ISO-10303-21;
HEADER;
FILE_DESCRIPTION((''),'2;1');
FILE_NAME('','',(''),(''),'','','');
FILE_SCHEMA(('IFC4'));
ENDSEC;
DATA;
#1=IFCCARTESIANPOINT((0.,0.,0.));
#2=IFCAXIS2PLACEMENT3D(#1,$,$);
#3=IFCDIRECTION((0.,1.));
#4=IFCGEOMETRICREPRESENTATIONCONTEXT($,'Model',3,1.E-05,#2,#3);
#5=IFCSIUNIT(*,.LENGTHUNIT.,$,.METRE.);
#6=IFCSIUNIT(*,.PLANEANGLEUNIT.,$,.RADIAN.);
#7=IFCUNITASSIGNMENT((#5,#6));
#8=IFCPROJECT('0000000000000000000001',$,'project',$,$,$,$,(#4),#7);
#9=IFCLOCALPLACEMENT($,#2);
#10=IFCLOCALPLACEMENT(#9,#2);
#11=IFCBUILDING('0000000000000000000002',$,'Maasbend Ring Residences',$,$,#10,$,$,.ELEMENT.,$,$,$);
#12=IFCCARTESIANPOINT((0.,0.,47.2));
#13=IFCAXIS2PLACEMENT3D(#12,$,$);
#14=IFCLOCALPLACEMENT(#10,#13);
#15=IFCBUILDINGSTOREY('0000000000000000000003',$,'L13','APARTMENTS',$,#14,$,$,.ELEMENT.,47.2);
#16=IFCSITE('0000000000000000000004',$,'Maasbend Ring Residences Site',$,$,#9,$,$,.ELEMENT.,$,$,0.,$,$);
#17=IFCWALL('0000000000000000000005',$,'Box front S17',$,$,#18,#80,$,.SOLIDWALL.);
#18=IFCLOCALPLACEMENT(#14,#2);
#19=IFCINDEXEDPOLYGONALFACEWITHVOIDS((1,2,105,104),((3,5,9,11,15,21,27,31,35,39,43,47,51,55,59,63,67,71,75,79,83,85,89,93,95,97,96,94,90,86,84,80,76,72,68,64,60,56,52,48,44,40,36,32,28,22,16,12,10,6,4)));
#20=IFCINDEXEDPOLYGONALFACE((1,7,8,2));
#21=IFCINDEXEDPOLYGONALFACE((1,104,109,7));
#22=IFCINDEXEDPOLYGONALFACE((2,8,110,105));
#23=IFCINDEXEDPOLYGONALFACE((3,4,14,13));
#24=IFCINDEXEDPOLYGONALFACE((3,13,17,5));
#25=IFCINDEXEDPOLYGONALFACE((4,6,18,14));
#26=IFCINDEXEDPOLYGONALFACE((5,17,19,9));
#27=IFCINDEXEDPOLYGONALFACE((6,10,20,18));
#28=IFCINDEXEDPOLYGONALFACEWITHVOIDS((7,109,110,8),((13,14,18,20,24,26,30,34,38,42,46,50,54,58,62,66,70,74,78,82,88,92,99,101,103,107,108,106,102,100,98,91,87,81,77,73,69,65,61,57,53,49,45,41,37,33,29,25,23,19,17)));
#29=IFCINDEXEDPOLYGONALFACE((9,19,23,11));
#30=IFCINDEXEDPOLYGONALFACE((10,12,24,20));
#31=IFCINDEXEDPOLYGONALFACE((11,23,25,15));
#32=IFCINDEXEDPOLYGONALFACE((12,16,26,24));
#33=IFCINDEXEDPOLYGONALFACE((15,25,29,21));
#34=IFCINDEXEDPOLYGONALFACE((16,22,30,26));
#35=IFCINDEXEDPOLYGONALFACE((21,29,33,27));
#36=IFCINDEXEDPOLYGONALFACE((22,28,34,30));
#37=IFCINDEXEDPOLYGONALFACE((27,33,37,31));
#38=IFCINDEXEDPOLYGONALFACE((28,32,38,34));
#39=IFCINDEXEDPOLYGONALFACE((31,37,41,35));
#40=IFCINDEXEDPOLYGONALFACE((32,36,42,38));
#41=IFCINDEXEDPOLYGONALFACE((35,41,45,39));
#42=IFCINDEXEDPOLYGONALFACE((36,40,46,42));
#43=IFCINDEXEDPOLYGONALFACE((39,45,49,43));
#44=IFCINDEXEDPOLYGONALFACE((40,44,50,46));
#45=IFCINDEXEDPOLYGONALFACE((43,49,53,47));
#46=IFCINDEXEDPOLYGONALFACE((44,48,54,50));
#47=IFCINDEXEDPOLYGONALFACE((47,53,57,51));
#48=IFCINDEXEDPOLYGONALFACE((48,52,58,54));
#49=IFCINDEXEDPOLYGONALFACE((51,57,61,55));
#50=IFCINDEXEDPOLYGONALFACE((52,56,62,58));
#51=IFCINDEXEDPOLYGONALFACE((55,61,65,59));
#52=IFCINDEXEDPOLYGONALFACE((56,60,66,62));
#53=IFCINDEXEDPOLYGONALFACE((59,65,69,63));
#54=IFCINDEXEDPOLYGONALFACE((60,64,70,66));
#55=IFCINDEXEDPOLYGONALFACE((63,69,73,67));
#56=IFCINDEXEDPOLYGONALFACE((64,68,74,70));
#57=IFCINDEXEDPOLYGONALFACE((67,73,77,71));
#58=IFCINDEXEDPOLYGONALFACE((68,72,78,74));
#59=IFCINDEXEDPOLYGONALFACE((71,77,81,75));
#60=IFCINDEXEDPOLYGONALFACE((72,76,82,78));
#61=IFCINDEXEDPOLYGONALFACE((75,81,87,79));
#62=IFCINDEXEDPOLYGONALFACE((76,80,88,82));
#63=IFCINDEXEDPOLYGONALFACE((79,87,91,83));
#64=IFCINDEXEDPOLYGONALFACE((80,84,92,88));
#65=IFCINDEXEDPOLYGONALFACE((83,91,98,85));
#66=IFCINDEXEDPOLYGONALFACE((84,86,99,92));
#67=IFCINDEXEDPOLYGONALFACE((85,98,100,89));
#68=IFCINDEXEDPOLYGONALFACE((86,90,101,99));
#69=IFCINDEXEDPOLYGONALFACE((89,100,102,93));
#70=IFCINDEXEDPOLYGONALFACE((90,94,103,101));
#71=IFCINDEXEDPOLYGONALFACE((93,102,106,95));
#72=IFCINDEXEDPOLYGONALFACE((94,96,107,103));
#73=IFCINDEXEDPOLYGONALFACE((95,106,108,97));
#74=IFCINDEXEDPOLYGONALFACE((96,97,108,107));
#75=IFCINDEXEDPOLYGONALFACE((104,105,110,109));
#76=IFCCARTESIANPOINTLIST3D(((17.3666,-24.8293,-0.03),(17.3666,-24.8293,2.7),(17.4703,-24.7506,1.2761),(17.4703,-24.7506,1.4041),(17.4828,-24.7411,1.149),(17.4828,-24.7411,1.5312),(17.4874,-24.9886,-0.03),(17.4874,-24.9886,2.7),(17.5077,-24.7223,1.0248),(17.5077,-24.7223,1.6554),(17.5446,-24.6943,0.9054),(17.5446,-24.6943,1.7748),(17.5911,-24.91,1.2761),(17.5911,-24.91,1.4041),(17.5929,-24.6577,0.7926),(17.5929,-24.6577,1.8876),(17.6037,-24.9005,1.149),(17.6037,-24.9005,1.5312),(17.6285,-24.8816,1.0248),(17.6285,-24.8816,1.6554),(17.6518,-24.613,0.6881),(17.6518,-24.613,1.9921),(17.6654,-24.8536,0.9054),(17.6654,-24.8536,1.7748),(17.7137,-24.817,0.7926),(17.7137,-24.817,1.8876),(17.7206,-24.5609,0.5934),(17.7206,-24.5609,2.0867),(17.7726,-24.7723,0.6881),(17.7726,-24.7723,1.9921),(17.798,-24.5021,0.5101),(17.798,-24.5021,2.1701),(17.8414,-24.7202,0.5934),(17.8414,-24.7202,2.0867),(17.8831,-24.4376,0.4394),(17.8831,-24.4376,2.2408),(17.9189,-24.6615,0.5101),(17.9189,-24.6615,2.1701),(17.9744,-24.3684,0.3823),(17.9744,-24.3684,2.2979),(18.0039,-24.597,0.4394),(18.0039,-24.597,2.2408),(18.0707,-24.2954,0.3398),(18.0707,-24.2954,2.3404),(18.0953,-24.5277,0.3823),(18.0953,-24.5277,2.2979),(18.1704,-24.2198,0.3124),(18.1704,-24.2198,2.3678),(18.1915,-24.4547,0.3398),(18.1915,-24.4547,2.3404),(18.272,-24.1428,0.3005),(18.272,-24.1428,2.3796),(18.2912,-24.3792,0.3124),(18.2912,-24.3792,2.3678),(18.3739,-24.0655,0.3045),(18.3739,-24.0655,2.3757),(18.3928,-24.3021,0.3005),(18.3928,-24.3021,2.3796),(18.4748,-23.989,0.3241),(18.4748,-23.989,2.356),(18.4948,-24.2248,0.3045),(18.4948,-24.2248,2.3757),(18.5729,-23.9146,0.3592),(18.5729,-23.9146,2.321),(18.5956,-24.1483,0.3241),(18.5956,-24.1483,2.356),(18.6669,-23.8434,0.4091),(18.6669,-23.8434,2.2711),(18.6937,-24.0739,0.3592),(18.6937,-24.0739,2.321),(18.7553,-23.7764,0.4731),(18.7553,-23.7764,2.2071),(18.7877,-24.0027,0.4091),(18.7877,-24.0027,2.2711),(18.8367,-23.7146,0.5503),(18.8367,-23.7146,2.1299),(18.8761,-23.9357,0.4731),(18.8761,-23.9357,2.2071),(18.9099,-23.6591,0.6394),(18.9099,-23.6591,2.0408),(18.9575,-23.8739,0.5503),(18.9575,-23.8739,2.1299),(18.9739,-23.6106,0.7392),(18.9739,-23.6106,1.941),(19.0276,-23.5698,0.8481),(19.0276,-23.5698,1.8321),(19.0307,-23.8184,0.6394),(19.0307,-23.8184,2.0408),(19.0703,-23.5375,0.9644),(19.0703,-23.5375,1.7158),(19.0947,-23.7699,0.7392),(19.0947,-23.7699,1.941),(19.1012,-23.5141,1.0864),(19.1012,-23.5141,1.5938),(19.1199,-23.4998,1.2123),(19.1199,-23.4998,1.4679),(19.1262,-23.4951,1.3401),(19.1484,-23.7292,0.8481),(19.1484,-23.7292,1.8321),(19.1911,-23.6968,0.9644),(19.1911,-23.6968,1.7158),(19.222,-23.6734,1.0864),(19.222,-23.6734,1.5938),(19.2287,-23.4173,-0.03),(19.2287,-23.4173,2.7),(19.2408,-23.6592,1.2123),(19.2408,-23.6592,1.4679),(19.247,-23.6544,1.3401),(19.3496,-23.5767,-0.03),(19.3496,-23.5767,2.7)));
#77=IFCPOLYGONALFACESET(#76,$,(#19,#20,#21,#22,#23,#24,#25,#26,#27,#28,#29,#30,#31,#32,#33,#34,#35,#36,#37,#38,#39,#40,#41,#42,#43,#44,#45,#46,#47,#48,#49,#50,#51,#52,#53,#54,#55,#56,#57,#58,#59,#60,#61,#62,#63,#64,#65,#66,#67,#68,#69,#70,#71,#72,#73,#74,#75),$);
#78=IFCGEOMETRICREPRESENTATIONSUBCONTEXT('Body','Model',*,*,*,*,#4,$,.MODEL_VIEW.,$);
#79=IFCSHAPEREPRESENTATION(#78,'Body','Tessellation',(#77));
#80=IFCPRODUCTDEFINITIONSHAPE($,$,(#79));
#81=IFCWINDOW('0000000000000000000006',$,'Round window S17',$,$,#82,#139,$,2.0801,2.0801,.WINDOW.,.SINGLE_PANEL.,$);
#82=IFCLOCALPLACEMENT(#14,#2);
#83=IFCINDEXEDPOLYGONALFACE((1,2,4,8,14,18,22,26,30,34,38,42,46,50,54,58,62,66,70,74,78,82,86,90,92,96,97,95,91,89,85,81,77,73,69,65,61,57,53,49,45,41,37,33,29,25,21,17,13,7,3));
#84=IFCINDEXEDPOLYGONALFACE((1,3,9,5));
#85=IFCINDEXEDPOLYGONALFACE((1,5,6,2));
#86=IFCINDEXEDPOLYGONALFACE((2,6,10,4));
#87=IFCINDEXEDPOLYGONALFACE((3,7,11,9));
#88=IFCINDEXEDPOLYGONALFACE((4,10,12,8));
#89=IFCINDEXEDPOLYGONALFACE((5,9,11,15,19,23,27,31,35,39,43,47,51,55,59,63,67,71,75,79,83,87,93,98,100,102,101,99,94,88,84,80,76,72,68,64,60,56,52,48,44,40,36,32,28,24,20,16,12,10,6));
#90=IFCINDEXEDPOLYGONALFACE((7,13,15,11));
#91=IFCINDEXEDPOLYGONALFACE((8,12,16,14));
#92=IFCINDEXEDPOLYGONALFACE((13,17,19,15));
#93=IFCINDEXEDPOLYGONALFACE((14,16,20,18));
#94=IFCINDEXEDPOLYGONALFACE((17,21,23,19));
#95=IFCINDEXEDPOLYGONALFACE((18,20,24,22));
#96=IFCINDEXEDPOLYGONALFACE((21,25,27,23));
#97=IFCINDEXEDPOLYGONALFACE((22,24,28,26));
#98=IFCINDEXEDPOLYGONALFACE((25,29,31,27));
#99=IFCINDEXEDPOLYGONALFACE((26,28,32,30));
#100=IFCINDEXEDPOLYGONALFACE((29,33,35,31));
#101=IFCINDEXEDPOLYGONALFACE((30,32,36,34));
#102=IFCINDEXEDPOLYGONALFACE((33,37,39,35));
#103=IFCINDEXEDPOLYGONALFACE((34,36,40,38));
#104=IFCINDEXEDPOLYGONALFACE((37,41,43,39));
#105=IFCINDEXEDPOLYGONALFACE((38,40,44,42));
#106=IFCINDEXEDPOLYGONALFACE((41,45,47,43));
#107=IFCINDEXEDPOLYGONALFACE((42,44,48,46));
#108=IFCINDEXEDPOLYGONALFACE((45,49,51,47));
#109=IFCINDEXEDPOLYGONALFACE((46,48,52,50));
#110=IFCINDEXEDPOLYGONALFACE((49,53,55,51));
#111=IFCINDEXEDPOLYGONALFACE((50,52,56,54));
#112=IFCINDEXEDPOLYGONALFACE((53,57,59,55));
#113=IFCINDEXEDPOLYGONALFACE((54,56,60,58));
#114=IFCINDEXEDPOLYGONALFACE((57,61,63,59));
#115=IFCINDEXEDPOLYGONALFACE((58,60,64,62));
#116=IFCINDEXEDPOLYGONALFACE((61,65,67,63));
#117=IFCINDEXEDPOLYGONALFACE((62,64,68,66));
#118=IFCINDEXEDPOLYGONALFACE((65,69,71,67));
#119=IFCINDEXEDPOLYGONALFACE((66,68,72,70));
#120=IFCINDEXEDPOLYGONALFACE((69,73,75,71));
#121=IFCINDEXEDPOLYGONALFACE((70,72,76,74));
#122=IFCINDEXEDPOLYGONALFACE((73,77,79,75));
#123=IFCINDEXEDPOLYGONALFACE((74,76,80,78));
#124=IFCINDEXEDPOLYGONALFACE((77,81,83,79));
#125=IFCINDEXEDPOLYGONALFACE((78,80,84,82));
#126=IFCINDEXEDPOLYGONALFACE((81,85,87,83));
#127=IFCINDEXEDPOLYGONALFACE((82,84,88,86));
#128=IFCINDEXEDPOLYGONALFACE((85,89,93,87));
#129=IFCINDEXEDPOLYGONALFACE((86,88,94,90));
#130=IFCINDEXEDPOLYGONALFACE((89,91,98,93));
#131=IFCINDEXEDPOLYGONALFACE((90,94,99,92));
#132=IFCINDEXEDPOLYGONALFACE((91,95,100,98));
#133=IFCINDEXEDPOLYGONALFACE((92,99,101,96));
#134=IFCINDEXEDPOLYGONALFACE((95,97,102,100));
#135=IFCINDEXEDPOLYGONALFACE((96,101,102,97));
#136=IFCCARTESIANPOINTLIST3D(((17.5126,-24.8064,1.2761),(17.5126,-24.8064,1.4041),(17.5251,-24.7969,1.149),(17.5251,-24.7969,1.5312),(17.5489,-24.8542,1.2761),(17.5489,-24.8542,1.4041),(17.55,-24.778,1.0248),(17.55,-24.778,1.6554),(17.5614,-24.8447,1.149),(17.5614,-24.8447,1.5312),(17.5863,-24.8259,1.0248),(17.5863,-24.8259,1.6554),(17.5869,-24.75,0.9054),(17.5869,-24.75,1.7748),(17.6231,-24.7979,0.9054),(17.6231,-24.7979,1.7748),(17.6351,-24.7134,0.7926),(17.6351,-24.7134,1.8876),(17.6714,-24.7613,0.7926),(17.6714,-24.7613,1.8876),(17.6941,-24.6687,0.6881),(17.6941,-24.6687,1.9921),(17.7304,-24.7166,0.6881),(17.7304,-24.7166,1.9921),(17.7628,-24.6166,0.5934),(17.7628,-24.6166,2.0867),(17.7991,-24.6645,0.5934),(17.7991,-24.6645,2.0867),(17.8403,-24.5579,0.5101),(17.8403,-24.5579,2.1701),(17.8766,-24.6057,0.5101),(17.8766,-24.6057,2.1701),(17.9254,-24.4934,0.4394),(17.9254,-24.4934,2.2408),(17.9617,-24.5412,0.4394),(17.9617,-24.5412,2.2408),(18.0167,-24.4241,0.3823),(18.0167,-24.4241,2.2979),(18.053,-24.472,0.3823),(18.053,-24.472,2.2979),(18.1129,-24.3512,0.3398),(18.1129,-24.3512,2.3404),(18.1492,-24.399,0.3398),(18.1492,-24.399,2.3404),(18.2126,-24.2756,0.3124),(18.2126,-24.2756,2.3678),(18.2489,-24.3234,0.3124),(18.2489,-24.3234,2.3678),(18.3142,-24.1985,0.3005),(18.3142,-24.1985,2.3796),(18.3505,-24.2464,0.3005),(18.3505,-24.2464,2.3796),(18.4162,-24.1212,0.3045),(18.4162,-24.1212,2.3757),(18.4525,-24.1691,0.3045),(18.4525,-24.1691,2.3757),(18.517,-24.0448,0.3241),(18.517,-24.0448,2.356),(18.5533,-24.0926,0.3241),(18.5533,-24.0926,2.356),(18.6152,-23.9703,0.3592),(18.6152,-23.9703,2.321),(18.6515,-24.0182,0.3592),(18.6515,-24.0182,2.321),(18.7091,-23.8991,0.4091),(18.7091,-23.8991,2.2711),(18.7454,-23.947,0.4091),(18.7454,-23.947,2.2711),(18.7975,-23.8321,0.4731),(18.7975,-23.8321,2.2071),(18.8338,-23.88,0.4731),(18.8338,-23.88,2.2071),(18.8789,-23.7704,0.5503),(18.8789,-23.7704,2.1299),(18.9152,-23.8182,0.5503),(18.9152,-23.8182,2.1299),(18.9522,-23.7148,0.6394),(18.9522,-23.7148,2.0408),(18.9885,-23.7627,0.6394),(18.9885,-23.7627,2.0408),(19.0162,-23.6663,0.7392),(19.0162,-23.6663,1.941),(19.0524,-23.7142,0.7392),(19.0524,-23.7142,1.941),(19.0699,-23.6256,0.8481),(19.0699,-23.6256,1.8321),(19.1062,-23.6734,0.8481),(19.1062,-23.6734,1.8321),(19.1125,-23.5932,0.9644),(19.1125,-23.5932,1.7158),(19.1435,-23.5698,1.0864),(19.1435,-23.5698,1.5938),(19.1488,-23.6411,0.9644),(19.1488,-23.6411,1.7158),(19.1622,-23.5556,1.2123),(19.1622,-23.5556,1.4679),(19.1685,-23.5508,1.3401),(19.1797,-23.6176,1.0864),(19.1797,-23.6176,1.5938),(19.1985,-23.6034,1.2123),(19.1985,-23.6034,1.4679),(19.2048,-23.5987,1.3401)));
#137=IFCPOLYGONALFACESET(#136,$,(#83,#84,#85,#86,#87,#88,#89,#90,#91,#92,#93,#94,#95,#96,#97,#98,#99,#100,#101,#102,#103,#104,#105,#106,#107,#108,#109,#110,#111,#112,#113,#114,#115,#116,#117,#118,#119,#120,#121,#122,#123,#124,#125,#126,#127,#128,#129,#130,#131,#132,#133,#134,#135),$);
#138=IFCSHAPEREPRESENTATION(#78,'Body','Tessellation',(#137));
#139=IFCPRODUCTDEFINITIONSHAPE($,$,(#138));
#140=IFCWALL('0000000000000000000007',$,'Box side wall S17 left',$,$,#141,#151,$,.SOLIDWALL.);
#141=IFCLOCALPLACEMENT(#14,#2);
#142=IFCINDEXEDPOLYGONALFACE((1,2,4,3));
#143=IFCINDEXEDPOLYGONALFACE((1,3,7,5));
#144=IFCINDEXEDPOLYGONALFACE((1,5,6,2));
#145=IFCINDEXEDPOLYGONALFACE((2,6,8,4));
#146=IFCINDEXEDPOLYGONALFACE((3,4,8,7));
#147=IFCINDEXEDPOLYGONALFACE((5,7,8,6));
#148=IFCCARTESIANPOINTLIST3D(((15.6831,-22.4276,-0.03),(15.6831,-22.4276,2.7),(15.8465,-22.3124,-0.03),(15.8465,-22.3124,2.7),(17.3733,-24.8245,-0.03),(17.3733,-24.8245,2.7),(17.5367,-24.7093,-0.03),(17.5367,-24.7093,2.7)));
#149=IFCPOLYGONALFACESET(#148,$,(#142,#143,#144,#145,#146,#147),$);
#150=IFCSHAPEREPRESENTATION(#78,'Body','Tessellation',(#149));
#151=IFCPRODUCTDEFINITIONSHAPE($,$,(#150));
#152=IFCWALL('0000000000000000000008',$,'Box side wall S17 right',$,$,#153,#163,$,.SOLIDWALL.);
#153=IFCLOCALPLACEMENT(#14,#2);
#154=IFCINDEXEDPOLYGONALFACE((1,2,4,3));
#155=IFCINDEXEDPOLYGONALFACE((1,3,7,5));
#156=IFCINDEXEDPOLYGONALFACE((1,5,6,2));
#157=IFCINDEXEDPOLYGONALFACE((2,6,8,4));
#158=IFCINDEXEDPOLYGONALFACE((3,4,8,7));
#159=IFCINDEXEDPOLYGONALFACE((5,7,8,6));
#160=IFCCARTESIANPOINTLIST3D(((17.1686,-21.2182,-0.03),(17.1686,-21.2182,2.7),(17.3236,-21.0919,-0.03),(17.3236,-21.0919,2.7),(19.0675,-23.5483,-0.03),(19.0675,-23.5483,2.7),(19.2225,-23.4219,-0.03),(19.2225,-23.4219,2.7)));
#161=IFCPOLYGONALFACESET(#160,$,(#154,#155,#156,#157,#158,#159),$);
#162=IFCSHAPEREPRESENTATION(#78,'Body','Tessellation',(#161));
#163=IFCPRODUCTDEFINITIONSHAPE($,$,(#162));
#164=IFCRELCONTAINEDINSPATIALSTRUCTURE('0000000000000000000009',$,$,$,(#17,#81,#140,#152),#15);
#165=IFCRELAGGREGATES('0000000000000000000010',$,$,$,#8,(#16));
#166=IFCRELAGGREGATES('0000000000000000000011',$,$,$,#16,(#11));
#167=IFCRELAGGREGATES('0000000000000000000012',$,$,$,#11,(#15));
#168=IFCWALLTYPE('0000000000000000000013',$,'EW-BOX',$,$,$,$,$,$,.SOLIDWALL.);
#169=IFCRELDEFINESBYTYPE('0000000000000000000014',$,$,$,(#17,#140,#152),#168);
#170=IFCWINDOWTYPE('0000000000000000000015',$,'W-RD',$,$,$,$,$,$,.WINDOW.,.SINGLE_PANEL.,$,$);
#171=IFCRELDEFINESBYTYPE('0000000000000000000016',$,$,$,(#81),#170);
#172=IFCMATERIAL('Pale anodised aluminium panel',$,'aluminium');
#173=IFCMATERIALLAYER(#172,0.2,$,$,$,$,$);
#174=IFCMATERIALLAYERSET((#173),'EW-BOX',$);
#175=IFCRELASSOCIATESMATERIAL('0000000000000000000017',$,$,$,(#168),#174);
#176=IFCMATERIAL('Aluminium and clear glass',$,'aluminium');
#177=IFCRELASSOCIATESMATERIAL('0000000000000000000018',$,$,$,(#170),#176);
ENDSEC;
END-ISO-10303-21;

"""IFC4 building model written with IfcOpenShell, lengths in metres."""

from ifc_helpers import new_model, si_unit, direction, frame, frame_2d, origin, place, context, subcontext, project, spatial, rectangle, circle, extrude, material, layer, layer_set, type_object, element, fill, save


model = new_model("IFC4")

# Units and contexts
model_context = context("Model", 3, precision=1e-05, world=origin(), true_north=direction((0.0, 1.0)))
body_context = subcontext(model_context, "Body", "Model", "MODEL_VIEW")
ifc_project = project(units=[si_unit("LENGTHUNIT", "METRE"), si_unit("PLANEANGLEUNIT", "RADIAN")], contexts=[model_context])

# Site, building, storey
site_placement = place(None, origin())
site = spatial("IfcSite", under=ifc_project, at=site_placement, Name="Maasbend Ring Residences Site", CompositionType="ELEMENT", RefElevation=0.0)
building_placement = place(site_placement, origin())
building = spatial("IfcBuilding", under=site, at=building_placement, Name="Maasbend Ring Residences", CompositionType="ELEMENT")
storey_placement = place(building_placement, frame((0.0, 0.0, 47.2)))
storey = spatial("IfcBuildingStorey", under=building, at=storey_placement, Name="L13", Description="APARTMENTS", CompositionType="ELEMENT", Elevation=47.2)

# Shared definitions
ifc_material_1 = material(Name="Pale anodised aluminium panel", Category="aluminium")
ifc_layer_1 = layer(ifc_material_1, 0.2)
ifc_layer_set_1 = layer_set([ifc_layer_1], Name="EW-BOX")
wall_type_1 = type_object("IfcWallType", Name="EW-BOX", PredefinedType="SOLIDWALL", material=ifc_layer_set_1)
ifc_material_2 = material(Name="Aluminium and clear glass", Category="aluminium")
window_type_1 = type_object("IfcWindowType", Name="W-RD", PartitioningType="SINGLE_PANEL", PredefinedType="WINDOW", material=ifc_material_2)

# Wall, opening, window
wall_1_placement = place(storey_placement, frame((17.427, -24.9089, -0.03), z_axis=(0.0, 0.0, 1.0), x_axis=(0.796842, 0.604188, 0.0)))
wall_1 = element("IfcWall", 1, at=wall_1_placement, inside=storey, type_object=wall_type_1, Name="Box front S17", PredefinedType="SOLIDWALL", context=body_context, shape_type="SweptSolid", body=[
    extrude(rectangle(XDim=2.3369, YDim=0.2, at=frame_2d((1.1685, 0.0))), origin(), (0.0, 0.0, 1.0), 2.73),
])
opening_1_placement = place(wall_1_placement, frame((0.1282, 0.0, 0.3301)))
opening_1 = element("IfcOpeningElement", 2, at=opening_1_placement, cuts=wall_1, PredefinedType="OPENING", context=body_context, shape_type="SweptSolid", body=[
    extrude(circle(Radius=1.04, at=frame_2d((1.04, 1.04))), frame((0.0, 0.1099, 0.0), z_axis=(0.0, -1.0, 0.0), x_axis=(1.0, 0.0, 0.0)), (0.0, 0.0, 1.0), 0.22),
])
window_1_placement = place(opening_1_placement, origin())
window_1 = element("IfcWindow", 3, at=window_1_placement, inside=storey, type_object=window_type_1, Name="Round window S17", OverallHeight=2.0801, OverallWidth=2.0801, PartitioningType="SINGLE_PANEL", PredefinedType="WINDOW", context=body_context, shape_type="SweptSolid", body=[
    extrude(circle(Radius=1.04, at=frame_2d((1.04, 1.04))), frame((0.0, 0.03, 0.0), z_axis=(0.0, -1.0, 0.0), x_axis=(1.0, 0.0, 0.0)), (0.0, 0.0, 1.0), 0.0601),
])
fill(opening_1, window_1)

# Walls
wall_2_placement = place(storey_placement, frame((15.7649, -22.3701, -0.03), z_axis=(0.0, 0.0, 1.0), x_axis=(0.576275, -0.817256, 0.0)))
element("IfcWall", 4, at=wall_2_placement, inside=storey, type_object=wall_type_1, Name="Box side wall S17 left", PredefinedType="SOLIDWALL", context=body_context, shape_type="SweptSolid", body=[
    extrude(rectangle(XDim=2.9329, YDim=0.2, at=frame_2d((1.4663, 0.0))), origin(), (0.0, 0.0, 1.0), 2.73),
])
wall_3_placement = place(storey_placement, frame((17.2461, -21.155, -0.03), z_axis=(0.0, 0.0, 1.0), x_axis=(0.631742, -0.775179, 0.0)))
element("IfcWall", 5, at=wall_3_placement, inside=storey, type_object=wall_type_1, Name="Box side wall S17 right", PredefinedType="SOLIDWALL", context=body_context, shape_type="SweptSolid", body=[
    extrude(rectangle(XDim=3.0059, YDim=0.2, at=frame_2d((1.5029, 0.0))), origin(), (0.0, 0.0, 1.0), 2.73),
])

save(model, "model.ifc")
